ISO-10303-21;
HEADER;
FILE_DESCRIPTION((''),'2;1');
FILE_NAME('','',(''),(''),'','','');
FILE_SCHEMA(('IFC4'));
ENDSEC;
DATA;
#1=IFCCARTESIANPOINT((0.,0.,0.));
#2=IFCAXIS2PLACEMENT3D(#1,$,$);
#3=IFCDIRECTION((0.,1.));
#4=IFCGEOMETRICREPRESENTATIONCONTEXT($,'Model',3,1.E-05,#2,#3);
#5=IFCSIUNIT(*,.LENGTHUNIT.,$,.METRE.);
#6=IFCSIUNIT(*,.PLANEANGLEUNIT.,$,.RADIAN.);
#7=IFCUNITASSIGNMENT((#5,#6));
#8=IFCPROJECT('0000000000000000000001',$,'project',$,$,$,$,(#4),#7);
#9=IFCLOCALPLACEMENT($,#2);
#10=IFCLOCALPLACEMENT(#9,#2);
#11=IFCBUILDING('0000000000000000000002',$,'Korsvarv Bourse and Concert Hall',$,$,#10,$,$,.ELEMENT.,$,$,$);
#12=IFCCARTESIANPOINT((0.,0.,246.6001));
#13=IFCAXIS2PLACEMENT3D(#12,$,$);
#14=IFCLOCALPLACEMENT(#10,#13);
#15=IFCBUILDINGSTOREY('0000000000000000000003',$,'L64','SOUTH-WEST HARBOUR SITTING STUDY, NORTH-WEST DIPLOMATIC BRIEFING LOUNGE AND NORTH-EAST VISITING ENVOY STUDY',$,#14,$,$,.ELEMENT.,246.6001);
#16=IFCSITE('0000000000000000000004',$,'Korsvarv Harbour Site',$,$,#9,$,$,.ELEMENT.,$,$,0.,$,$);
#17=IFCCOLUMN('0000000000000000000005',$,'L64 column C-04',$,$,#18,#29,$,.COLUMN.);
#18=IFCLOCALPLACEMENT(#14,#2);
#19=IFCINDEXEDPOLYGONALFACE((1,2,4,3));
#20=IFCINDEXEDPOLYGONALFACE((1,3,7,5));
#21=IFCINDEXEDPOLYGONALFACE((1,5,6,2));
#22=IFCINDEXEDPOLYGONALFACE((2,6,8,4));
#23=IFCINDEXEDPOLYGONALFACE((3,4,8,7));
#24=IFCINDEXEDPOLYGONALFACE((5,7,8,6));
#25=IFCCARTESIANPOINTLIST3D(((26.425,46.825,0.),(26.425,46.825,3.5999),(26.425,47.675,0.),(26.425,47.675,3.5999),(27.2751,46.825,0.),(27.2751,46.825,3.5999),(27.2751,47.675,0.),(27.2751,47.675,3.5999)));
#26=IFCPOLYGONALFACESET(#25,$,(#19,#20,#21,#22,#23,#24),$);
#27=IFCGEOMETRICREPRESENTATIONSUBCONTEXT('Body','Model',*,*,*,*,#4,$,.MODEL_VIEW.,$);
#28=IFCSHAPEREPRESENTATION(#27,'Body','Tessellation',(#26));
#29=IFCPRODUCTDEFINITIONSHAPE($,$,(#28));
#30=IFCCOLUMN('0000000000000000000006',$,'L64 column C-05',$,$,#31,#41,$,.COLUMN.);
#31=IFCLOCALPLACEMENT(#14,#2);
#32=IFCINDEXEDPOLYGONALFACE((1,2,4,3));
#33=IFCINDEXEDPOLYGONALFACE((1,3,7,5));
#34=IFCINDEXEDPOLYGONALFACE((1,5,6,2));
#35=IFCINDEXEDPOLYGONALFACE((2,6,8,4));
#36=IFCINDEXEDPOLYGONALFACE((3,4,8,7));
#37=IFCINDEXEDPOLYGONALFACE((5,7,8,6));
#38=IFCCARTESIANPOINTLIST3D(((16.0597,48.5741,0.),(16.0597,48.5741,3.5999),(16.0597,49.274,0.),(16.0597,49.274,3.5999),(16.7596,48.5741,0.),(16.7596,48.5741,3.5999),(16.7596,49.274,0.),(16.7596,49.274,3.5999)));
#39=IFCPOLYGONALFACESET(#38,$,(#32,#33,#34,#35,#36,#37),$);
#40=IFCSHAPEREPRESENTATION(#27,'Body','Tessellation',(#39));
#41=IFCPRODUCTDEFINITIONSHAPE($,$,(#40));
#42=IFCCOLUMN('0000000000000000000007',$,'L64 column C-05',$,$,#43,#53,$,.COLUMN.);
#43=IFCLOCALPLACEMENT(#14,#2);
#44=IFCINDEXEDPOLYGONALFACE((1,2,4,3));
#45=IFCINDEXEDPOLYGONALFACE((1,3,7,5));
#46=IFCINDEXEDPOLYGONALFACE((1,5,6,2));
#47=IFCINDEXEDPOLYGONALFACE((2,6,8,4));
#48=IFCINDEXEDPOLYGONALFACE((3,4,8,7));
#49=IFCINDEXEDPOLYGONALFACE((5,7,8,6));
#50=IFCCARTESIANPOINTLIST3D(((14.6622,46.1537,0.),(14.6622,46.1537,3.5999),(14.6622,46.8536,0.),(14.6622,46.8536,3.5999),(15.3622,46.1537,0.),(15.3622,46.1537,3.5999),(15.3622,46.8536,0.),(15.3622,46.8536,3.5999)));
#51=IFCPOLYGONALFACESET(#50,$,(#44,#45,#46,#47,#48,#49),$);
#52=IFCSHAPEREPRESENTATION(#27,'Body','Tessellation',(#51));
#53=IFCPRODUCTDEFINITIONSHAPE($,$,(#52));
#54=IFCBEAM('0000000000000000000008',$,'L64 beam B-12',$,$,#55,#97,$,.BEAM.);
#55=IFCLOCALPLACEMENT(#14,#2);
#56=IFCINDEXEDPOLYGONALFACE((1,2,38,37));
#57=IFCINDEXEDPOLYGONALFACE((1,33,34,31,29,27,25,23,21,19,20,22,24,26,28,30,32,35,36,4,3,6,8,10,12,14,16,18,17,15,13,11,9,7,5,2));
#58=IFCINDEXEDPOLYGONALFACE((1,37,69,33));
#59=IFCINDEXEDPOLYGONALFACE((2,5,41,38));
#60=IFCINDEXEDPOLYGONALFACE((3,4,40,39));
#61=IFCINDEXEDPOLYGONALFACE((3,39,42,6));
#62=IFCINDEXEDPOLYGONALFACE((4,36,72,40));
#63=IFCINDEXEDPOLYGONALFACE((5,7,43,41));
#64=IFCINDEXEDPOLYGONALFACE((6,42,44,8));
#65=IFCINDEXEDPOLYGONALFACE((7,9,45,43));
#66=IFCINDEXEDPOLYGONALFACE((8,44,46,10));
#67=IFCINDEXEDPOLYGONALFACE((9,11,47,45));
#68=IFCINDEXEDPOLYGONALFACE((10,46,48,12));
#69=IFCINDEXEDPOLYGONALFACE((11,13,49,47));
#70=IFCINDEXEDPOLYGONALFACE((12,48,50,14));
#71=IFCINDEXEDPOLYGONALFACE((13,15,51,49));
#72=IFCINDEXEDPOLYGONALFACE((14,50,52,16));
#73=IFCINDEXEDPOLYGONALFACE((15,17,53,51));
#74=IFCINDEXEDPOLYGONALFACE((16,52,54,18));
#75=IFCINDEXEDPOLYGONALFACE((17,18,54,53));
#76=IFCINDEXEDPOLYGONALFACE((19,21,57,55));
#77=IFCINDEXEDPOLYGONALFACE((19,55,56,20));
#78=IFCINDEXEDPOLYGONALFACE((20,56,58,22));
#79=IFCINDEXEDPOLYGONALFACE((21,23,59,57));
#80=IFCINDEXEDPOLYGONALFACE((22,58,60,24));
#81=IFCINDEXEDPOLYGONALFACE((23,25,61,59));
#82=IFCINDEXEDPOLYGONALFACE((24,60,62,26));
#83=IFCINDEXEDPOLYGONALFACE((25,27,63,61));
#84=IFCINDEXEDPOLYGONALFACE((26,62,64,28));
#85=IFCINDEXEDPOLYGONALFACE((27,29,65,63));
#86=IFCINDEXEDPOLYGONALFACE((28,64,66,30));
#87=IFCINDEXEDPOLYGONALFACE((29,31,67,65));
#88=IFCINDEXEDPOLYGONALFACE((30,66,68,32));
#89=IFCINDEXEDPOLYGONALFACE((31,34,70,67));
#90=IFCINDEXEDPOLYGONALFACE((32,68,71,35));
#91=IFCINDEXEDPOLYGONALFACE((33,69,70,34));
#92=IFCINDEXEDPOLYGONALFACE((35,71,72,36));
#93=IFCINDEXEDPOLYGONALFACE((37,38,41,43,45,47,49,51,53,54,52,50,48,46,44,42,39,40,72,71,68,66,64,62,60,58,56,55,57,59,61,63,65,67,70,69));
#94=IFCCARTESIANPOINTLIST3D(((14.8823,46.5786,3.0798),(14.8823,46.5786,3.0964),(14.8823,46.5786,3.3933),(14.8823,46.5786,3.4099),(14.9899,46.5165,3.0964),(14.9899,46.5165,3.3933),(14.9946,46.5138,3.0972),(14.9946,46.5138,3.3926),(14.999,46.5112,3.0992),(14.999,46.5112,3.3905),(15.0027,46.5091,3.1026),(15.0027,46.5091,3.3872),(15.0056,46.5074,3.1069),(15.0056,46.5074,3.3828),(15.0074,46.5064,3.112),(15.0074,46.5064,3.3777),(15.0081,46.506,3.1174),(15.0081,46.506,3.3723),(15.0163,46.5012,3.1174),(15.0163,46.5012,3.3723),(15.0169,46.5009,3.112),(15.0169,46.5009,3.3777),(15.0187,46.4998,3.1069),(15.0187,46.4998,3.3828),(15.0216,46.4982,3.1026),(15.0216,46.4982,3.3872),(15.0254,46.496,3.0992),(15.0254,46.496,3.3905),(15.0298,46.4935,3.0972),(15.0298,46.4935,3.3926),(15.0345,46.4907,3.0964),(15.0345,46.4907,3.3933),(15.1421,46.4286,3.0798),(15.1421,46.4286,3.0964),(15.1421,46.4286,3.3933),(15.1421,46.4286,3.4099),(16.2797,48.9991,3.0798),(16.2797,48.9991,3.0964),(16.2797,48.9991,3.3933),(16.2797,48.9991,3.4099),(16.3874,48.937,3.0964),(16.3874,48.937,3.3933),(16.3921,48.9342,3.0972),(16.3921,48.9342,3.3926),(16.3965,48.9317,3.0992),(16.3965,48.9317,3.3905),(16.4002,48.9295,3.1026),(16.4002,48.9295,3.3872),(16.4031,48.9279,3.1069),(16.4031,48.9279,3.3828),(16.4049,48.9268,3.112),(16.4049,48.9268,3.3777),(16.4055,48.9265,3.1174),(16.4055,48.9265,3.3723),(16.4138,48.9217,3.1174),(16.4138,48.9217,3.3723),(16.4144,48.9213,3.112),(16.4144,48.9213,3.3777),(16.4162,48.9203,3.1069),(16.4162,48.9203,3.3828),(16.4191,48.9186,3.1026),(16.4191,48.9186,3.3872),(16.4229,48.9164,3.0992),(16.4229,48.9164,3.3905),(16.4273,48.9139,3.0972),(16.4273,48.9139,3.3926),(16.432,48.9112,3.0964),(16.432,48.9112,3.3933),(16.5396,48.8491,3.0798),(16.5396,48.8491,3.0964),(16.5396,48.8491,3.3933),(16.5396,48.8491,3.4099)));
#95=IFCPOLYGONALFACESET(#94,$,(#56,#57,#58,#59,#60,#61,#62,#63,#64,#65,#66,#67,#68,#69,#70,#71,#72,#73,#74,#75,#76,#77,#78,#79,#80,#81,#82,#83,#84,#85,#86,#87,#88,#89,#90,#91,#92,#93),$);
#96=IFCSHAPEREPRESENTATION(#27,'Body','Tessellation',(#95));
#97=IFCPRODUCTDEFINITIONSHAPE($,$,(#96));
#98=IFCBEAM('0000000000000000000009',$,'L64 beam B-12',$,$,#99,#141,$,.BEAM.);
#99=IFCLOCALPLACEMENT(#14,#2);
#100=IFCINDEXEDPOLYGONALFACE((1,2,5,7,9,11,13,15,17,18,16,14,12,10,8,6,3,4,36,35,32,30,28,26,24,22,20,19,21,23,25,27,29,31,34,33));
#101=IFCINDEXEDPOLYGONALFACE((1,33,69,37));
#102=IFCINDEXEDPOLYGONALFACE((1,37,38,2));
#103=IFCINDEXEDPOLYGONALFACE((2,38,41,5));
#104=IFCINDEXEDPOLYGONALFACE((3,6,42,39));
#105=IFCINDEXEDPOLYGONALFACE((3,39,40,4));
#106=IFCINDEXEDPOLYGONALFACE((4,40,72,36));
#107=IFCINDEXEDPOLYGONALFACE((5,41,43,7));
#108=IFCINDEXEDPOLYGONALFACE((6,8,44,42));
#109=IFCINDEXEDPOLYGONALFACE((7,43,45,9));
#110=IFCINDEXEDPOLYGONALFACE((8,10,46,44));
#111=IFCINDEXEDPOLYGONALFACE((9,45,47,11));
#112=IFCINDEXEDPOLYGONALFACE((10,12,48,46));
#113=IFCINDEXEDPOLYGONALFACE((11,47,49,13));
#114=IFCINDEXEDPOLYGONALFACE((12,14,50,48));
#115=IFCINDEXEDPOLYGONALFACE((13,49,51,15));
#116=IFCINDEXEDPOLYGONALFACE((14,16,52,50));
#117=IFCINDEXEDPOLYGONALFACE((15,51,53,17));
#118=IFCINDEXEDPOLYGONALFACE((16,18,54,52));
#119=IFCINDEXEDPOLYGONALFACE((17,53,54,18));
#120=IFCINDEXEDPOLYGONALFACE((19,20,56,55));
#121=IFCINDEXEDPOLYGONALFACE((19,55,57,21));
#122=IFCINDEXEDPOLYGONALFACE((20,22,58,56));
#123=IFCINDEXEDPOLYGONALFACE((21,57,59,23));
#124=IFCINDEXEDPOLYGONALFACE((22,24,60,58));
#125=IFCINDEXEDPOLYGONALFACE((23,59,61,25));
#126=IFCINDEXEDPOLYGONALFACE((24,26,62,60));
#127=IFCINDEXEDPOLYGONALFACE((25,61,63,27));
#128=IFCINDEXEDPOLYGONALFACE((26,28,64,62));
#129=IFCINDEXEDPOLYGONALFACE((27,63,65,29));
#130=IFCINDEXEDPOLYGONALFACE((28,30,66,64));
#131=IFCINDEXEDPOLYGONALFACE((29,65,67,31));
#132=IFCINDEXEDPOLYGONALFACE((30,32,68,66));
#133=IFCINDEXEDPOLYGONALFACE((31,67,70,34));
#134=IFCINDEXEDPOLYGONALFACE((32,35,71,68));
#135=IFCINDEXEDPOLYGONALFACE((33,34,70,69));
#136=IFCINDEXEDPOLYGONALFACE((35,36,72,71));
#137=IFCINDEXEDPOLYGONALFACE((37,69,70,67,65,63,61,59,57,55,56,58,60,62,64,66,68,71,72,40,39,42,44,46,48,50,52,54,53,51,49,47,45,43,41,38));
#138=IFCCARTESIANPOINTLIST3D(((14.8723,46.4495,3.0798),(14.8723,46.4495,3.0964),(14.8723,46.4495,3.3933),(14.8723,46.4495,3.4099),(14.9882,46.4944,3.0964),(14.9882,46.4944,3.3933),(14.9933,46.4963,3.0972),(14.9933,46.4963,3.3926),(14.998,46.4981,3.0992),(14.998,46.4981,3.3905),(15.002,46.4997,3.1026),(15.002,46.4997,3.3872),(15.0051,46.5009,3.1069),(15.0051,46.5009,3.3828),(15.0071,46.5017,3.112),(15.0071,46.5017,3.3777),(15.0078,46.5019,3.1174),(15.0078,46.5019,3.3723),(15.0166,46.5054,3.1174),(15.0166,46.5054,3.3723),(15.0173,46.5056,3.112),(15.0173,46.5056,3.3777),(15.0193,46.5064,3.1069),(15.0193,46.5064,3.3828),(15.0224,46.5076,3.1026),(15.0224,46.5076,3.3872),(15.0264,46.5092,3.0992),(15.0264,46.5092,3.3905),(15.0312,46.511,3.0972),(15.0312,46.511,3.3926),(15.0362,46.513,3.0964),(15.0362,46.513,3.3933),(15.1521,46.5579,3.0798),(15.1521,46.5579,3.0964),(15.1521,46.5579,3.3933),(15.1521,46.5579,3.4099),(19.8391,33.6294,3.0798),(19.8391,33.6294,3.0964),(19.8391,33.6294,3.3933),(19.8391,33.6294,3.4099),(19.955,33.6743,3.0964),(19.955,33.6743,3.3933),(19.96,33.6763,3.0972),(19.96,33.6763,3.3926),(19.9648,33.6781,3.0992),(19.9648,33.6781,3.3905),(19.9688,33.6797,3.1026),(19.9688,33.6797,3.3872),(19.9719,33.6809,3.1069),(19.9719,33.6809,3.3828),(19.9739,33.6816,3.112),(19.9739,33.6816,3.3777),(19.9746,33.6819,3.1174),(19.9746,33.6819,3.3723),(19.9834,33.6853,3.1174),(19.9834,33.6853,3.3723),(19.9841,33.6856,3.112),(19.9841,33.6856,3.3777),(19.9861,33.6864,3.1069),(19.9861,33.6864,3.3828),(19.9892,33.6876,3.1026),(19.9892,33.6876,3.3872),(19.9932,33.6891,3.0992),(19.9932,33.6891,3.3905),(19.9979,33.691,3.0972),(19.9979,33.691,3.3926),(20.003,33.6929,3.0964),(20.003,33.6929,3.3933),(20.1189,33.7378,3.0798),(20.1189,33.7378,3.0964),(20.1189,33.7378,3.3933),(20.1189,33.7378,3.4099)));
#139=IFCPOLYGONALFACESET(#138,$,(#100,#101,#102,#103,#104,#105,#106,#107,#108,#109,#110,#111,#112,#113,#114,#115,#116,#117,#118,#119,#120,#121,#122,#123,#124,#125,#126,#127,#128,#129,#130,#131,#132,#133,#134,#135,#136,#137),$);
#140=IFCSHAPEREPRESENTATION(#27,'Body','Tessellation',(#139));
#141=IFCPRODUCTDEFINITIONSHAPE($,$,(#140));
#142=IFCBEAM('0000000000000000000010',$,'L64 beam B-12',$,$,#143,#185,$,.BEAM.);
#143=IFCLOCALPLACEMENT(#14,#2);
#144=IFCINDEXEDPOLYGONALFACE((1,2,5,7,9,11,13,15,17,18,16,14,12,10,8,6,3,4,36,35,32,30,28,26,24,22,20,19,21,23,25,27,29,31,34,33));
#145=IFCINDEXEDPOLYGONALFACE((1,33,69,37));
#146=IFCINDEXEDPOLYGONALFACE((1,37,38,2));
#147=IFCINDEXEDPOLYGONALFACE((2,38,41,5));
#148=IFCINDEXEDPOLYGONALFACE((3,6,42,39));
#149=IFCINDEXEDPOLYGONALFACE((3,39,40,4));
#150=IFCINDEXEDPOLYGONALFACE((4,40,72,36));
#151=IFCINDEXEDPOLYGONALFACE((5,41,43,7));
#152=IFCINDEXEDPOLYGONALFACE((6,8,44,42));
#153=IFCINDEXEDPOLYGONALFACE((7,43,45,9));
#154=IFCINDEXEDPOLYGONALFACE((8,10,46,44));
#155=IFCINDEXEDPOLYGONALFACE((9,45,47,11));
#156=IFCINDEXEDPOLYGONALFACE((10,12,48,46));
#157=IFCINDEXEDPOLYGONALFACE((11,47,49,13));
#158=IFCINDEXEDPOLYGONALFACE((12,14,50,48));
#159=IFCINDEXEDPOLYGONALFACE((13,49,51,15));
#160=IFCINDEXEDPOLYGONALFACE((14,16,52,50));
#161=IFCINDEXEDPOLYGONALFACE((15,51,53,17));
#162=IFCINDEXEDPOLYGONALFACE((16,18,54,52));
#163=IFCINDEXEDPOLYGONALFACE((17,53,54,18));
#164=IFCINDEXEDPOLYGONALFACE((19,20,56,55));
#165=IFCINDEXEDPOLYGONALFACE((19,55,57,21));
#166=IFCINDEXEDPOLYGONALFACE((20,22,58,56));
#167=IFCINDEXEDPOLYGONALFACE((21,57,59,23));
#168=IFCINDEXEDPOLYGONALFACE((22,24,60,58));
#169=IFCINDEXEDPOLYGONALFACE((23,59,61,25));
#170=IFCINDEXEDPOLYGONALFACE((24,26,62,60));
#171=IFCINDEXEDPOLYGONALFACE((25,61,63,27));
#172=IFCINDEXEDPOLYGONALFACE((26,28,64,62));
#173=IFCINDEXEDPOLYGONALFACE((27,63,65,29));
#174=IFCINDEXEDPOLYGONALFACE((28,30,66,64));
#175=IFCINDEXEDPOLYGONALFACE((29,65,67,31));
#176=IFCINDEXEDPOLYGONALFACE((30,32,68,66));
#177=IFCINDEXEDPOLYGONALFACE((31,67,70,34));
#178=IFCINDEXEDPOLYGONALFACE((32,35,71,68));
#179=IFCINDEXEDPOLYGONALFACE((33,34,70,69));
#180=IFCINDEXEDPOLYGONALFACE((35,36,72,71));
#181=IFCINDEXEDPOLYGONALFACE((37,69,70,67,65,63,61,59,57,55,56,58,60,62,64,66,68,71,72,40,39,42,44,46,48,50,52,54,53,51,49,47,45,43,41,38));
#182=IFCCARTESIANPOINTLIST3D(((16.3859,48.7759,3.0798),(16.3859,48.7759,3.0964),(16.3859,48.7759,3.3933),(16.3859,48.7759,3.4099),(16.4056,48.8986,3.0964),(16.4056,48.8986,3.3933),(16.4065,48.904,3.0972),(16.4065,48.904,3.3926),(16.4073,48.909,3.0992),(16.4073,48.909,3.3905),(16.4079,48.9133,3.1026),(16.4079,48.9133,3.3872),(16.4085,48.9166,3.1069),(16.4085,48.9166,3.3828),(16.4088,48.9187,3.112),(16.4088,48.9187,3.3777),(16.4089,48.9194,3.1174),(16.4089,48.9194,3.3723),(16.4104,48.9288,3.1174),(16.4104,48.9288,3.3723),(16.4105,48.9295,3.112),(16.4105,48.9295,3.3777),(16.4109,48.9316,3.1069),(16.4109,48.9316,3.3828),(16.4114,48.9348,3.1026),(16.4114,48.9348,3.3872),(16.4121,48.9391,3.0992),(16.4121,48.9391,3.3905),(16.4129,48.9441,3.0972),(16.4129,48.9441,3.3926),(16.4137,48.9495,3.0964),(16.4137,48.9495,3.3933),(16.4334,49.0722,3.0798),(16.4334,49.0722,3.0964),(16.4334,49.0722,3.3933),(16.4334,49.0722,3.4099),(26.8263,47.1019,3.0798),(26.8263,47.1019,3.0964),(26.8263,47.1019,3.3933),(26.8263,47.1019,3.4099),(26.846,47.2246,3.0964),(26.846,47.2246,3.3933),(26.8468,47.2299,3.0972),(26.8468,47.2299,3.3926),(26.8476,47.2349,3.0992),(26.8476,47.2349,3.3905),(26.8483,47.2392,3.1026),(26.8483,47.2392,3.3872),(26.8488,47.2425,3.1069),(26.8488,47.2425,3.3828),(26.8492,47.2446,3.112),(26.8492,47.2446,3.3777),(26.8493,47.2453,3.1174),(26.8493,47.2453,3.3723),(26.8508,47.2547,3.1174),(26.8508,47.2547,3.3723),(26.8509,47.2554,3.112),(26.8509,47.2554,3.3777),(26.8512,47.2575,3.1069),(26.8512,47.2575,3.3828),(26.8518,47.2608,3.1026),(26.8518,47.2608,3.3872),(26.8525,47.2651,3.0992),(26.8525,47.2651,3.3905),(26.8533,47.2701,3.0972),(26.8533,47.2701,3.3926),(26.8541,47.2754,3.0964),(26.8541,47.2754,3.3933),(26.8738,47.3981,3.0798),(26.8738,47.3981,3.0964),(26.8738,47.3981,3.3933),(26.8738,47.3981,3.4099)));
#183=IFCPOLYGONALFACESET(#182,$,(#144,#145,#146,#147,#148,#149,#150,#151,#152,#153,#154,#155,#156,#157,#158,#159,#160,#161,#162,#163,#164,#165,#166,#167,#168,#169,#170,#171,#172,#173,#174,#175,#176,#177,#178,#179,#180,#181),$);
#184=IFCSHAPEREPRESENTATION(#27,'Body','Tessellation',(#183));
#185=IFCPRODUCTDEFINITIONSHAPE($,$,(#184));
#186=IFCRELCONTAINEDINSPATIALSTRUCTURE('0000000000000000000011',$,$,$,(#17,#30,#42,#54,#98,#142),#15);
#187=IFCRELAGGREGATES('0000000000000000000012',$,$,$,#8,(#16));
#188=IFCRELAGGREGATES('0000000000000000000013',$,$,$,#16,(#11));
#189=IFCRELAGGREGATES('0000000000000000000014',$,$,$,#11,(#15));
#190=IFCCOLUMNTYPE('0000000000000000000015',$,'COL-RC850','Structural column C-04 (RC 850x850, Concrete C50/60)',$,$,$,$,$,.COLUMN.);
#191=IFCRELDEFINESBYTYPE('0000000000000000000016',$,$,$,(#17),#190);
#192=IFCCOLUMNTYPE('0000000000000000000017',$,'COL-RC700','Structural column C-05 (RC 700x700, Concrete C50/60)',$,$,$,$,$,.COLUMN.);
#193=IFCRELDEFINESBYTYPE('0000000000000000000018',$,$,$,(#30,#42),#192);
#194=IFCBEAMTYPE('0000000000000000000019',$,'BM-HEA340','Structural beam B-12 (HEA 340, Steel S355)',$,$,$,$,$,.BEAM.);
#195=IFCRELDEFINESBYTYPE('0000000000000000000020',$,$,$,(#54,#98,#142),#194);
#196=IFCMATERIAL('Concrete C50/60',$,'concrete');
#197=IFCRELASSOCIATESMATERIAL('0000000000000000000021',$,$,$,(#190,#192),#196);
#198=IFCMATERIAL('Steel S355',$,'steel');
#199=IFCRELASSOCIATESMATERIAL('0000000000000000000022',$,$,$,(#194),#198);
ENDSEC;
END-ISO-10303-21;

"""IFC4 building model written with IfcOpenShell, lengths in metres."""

from ifc_helpers import new_model, si_unit, direction, frame, origin, origin_2d, place, context, subcontext, project, spatial, rectangle, i_section, extrude, source, transform, mapped, material, material_profile, profile_set, type_object, element, save


model = new_model("IFC4")

# Units and contexts
model_context = context("Model", 3, precision=1e-05, world=origin(), true_north=direction((0.0, 1.0)))
body_context = subcontext(model_context, "Body", "Model", "MODEL_VIEW")
ifc_project = project(units=[si_unit("LENGTHUNIT", "METRE"), si_unit("PLANEANGLEUNIT", "RADIAN")], contexts=[model_context])

# Site, building, storey
site_placement = place(None, origin())
site = spatial("IfcSite", under=ifc_project, at=site_placement, Name="Korsvarv Harbour Site", CompositionType="ELEMENT", RefElevation=0.0)
building_placement = place(site_placement, origin())
building = spatial("IfcBuilding", under=site, at=building_placement, Name="Korsvarv Bourse and Concert Hall", CompositionType="ELEMENT")
storey_placement = place(building_placement, frame((0.0, 0.0, 246.6001)))
storey = spatial("IfcBuildingStorey", under=building, at=storey_placement, Name="L64", Description="SOUTH-WEST HARBOUR SITTING STUDY, NORTH-WEST DIPLOMATIC BRIEFING LOUNGE AND NORTH-EAST VISITING ENVOY STUDY", CompositionType="ELEMENT", Elevation=246.6001)

# Columns
ifc_material_1 = material(Name="Concrete C50/60", Category="concrete")
ifc_material_profile_1 = material_profile(ifc_material_1, rectangle(XDim=0.8501, YDim=0.8501, at=origin_2d()), Name="RC 850x850")
ifc_profile_set_1 = profile_set([ifc_material_profile_1], Name="Concrete C50/60")
column_type_1 = type_object("IfcColumnType", Name="COL-RC850", Description="Structural column C-04 (RC 850x850, Concrete C50/60)", PredefinedType="COLUMN", material=ifc_profile_set_1)
shared_shape_1 = source(origin(), body_context, "Body", "SweptSolid", [
    extrude(rectangle(XDim=0.8501, YDim=0.8501, at=origin_2d()), origin(), (0.0, 0.0, 1.0), 3.5999),
])
column_placement = place(storey_placement, frame((26.8501, 47.25, 0.0), z_axis=(0.0, 0.0, 1.0), x_axis=(1.0, 0.0, 0.0)))
element("IfcColumn", 1, at=column_placement, inside=storey, type_object=column_type_1, Name="L64 column C-04", PredefinedType="COLUMN", context=body_context, shape_type="MappedRepresentation", body=[
    mapped(shared_shape_1, transform((0.0, 0.0, 0.0), scale=1.0)),
])
ifc_material_profile_2 = material_profile(ifc_material_1, rectangle(XDim=0.7, YDim=0.7, at=origin_2d()), Name="RC 700x700")
ifc_profile_set_2 = profile_set([ifc_material_profile_2], Name="Concrete C50/60")
column_type_2 = type_object("IfcColumnType", Name="COL-RC700", Description="Structural column C-05 (RC 700x700, Concrete C50/60)", PredefinedType="COLUMN", material=ifc_profile_set_2)
shared_shape_2 = source(origin(), body_context, "Body", "SweptSolid", [
    extrude(rectangle(XDim=0.7, YDim=0.7, at=origin_2d()), origin(), (0.0, 0.0, 1.0), 3.5999),
])
for number, where, z_axis, x_axis, name in (
    (2, (16.4097, 48.9241, 0.0), (0.0, 0.0, 1.0), (1.0, 0.0, 0.0), "L64 column C-05"),
    (3, (15.0122, 46.5037, 0.0), (0.0, 0.0, 1.0), (1.0, 0.0, 0.0), "L64 column C-05"),
):
    element("IfcColumn", number, at=place(storey_placement, frame(where, z_axis=z_axis, x_axis=x_axis)), inside=storey, type_object=column_type_2, Name=name, PredefinedType="COLUMN", context=body_context, shape_type="MappedRepresentation", body=[
        mapped(shared_shape_2, transform((0.0, 0.0, 0.0), scale=1.0)),
    ])

# Beams
ifc_material_2 = material(Name="Steel S355", Category="steel")
ifc_material_profile_3 = material_profile(ifc_material_2, i_section(OverallWidth=0.3, OverallDepth=0.3301, WebThickness=0.0095, FlangeThickness=0.0166, FilletRadius=0.021, at=origin_2d()), Name="HEA 340")
ifc_profile_set_3 = profile_set([ifc_material_profile_3], Name="Steel S355")
beam_type = type_object("IfcBeamType", Name="BM-HEA340", Description="Structural beam B-12 (HEA 340, Steel S355)", PredefinedType="BEAM", material=ifc_profile_set_3)
shared_shape_3 = source(origin(), body_context, "Body", "SweptSolid", [
    extrude(i_section(OverallWidth=0.3, OverallDepth=0.3301, WebThickness=0.0095, FlangeThickness=0.0166, FilletRadius=0.021, at=origin_2d()), origin(), (0.0, 0.0, 1.0), 2.7949),
])
beam_1_placement = place(storey_placement, frame((16.4097, 48.9241, 3.2449), z_axis=(-0.50001, -0.86602, 0.0), x_axis=(0.86602, -0.50001, 0.0)))
element("IfcBeam", 4, at=beam_1_placement, inside=storey, type_object=beam_type, Name="L64 beam B-12", PredefinedType="BEAM", context=body_context, shape_type="MappedRepresentation", body=[
    mapped(shared_shape_3, transform((0.0, 0.0, 0.0), scale=1.0)),
])
shared_shape_4 = source(origin(), body_context, "Body", "SweptSolid", [
    extrude(i_section(OverallWidth=0.3, OverallDepth=0.3301, WebThickness=0.0095, FlangeThickness=0.0166, FilletRadius=0.021, at=origin_2d()), origin(), (0.0, 0.0, 1.0), 13.7485),
])
beam_2_placement = place(storey_placement, frame((15.0122, 46.5037, 3.2449), z_axis=(0.361259, -0.932465, 0.0), x_axis=(0.932465, 0.361259, 0.0)))
element("IfcBeam", 5, at=beam_2_placement, inside=storey, type_object=beam_type, Name="L64 beam B-12", PredefinedType="BEAM", context=body_context, shape_type="MappedRepresentation", body=[
    mapped(shared_shape_4, transform((0.0, 0.0, 0.0), scale=1.0)),
])
shared_shape_5 = source(origin(), body_context, "Body", "SweptSolid", [
    extrude(i_section(OverallWidth=0.3, OverallDepth=0.3301, WebThickness=0.0095, FlangeThickness=0.0166, FilletRadius=0.021, at=origin_2d()), origin(), (0.0, 0.0, 1.0), 10.5737),
])
beam_3_placement = place(storey_placement, frame((16.4097, 48.9241, 3.2449), z_axis=(0.987387, -0.158323, 0.0), x_axis=(0.158323, 0.987387, 0.0)))
element("IfcBeam", 6, at=beam_3_placement, inside=storey, type_object=beam_type, Name="L64 beam B-12", PredefinedType="BEAM", context=body_context, shape_type="MappedRepresentation", body=[
    mapped(shared_shape_5, transform((0.0, 0.0, 0.0), scale=1.0)),
])

save(model, "model.ifc")
